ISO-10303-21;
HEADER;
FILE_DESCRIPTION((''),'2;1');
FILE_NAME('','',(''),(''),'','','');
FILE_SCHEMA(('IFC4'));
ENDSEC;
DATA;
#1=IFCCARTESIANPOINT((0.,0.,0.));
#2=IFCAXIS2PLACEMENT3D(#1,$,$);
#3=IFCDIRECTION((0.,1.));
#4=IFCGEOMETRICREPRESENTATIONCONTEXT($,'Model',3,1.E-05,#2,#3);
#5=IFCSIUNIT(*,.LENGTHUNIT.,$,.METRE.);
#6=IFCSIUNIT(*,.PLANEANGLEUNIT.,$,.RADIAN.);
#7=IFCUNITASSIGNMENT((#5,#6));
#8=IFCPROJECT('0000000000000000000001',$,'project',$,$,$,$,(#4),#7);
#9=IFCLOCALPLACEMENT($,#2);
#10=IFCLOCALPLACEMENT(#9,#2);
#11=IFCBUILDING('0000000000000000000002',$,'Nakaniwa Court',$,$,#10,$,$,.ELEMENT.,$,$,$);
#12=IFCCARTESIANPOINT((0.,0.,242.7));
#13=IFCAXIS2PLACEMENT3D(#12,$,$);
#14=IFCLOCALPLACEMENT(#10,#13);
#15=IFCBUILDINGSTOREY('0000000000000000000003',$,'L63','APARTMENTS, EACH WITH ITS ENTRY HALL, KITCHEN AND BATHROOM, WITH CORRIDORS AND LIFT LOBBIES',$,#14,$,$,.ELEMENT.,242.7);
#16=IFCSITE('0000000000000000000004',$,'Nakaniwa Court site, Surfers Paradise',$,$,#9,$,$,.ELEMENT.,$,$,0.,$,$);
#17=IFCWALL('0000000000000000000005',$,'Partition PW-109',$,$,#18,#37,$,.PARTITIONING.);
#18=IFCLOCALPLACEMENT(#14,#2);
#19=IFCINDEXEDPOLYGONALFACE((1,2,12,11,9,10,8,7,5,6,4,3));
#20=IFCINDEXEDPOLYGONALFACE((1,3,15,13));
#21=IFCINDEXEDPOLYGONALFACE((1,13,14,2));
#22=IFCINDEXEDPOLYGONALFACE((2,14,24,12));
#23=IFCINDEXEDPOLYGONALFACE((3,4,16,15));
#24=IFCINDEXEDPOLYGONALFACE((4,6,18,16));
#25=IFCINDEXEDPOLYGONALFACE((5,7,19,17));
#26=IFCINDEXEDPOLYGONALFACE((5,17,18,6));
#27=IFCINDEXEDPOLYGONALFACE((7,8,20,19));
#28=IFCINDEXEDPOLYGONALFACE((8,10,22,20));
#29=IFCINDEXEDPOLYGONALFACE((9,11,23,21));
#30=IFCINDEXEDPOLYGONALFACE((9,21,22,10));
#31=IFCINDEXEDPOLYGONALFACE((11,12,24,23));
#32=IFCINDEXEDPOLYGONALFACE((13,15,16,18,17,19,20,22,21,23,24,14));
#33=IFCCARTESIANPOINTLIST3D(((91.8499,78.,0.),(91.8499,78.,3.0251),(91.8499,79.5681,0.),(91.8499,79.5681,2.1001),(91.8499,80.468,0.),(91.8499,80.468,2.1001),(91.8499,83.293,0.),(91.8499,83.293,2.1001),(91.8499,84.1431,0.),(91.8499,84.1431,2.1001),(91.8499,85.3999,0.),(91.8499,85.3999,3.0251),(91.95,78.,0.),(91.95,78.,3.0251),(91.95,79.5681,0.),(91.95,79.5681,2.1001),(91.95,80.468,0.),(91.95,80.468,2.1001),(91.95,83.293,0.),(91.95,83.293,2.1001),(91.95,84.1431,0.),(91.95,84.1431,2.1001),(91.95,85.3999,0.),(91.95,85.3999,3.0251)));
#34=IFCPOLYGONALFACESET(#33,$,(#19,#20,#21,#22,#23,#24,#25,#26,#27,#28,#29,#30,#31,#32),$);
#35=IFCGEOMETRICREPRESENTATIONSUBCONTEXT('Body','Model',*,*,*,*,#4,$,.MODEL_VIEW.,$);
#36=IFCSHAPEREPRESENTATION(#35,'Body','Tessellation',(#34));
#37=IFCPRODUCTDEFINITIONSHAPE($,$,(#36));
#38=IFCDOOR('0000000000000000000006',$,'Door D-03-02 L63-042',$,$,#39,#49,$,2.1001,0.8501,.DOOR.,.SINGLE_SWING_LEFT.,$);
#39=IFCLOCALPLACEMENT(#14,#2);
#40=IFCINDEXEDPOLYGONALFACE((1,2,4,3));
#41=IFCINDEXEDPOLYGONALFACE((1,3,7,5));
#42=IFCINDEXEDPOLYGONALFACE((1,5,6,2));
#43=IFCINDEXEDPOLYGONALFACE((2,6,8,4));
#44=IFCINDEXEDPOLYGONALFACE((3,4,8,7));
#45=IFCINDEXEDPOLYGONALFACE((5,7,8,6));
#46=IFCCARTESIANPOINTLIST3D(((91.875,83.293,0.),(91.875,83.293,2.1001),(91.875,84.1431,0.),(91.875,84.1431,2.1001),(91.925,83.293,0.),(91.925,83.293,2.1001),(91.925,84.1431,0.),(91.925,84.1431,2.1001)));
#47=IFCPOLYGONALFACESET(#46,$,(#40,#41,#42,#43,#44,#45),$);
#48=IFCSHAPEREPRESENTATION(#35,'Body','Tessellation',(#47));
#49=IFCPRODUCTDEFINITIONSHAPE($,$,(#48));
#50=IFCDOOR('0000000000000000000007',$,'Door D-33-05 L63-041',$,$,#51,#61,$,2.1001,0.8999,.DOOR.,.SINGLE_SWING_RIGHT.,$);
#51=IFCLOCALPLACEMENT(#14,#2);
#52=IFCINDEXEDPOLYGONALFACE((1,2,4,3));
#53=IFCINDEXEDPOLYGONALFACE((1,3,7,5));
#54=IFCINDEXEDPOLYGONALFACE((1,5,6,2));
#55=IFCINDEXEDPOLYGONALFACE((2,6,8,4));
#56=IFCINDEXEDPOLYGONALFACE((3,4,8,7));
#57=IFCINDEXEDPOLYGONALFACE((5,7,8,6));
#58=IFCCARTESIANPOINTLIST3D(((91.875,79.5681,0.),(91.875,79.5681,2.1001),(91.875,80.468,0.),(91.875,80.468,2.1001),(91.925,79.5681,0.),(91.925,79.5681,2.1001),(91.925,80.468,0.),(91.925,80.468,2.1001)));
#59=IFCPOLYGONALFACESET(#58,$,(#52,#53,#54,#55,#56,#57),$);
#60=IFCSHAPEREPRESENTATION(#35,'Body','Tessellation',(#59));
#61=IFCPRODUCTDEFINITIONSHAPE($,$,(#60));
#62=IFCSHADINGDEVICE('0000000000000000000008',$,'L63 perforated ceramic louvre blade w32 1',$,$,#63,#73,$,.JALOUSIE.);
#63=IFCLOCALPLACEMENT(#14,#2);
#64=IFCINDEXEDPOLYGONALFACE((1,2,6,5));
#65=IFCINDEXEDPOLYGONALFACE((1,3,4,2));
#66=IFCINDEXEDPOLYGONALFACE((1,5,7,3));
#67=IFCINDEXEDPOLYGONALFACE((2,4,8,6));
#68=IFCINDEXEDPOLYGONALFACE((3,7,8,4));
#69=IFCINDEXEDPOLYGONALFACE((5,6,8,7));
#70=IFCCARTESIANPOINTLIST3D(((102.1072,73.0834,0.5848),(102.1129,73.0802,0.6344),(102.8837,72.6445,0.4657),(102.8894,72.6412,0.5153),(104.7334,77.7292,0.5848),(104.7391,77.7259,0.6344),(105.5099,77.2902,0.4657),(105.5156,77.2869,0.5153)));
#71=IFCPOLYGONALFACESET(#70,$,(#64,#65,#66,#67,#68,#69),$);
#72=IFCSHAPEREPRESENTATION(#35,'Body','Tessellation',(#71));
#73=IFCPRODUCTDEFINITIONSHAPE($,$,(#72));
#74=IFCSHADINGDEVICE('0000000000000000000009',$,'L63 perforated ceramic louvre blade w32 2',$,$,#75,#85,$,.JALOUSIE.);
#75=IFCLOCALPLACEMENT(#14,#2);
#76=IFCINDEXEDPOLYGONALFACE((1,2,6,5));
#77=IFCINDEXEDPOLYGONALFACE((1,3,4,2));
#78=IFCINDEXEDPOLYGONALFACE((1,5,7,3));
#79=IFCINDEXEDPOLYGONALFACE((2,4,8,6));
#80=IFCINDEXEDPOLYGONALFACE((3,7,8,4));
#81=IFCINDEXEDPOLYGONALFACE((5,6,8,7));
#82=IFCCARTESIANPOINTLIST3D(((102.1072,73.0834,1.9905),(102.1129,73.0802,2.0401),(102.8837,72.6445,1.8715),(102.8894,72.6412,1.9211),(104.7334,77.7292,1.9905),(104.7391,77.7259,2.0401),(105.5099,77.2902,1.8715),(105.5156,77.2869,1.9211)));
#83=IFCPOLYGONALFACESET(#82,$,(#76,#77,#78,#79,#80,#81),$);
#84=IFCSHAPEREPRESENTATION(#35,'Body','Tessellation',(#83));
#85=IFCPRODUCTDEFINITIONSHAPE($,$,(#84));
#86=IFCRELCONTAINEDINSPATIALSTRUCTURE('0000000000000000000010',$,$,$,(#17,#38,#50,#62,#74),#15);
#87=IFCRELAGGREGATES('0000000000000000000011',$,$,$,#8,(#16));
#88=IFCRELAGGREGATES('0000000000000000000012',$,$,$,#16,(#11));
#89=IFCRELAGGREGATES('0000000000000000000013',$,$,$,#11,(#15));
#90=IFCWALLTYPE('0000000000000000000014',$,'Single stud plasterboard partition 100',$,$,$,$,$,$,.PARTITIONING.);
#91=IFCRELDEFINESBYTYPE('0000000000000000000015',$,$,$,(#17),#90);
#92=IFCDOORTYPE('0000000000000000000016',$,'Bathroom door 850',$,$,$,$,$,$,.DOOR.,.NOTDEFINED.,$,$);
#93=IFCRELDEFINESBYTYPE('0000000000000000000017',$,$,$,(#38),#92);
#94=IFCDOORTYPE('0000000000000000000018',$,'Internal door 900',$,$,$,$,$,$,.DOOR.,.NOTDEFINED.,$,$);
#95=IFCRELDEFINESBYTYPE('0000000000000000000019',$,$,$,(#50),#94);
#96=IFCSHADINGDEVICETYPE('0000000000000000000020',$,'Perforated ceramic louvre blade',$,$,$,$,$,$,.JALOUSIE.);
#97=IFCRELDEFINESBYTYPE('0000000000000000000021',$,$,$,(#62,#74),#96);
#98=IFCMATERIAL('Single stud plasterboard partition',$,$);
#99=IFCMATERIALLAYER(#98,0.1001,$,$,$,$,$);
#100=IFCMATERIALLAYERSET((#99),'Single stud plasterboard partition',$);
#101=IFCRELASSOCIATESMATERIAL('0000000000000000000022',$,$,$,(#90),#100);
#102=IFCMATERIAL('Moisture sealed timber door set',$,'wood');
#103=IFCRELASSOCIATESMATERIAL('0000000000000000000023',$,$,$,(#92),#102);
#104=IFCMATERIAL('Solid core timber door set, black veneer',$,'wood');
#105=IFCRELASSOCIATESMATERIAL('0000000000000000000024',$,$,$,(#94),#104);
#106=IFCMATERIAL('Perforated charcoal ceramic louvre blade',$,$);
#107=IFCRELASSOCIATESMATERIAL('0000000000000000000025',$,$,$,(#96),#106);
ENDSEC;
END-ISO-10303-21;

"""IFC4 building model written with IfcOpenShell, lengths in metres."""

from ifc_helpers import new_model, si_unit, direction, frame, frame_2d, origin, origin_2d, place, context, subcontext, project, spatial, rectangle, extrude, material, layer, layer_set, material_profile, profile_set, type_object, element, fill, save


model = new_model("IFC4")

# Units and contexts
model_context = context("Model", 3, precision=1e-05, world=origin(), true_north=direction((0.0, 1.0)))
body_context = subcontext(model_context, "Body", "Model", "MODEL_VIEW")
ifc_project = project(units=[si_unit("LENGTHUNIT", "METRE"), si_unit("PLANEANGLEUNIT", "RADIAN")], contexts=[model_context])

# Site, building, storey
site_placement = place(None, origin())
site = spatial("IfcSite", under=ifc_project, at=site_placement, Name="Nakaniwa Court site, Surfers Paradise", CompositionType="ELEMENT", RefElevation=0.0)
building_placement = place(site_placement, origin())
building = spatial("IfcBuilding", under=site, at=building_placement, Name="Nakaniwa Court", CompositionType="ELEMENT")
storey_placement = place(building_placement, frame((0.0, 0.0, 242.7)))
storey = spatial("IfcBuildingStorey", under=building, at=storey_placement, Name="L63", Description="APARTMENTS, EACH WITH ITS ENTRY HALL, KITCHEN AND BATHROOM, WITH CORRIDORS AND LIFT LOBBIES", CompositionType="ELEMENT", Elevation=242.7)

# Shared definitions
ifc_material_1 = material(Name="Solid core timber door set, black veneer", Category="wood")

# Shared definitions
ifc_material_2 = material(Name="Single stud plasterboard partition")
ifc_layer_1 = layer(ifc_material_2, 0.1001)
ifc_layer_set_1 = layer_set([ifc_layer_1], Name="Single stud plasterboard partition")
wall_type_1 = type_object("IfcWallType", Name="Single stud plasterboard partition 100", PredefinedType="PARTITIONING", material=ifc_layer_set_1)

# Wall, openings, doors
wall_1_placement = place(storey_placement, frame((91.8999, 78.0, 0.0), z_axis=(0.0, 0.0, 1.0), x_axis=(0.0, 1.0, 0.0)))
wall_1 = element("IfcWall", 1, at=wall_1_placement, inside=storey, type_object=wall_type_1, Name="Partition PW-109", PredefinedType="PARTITIONING", context=body_context, shape_type="SweptSolid", body=[
    extrude(rectangle(XDim=7.3999, YDim=0.1001, at=frame_2d((3.7, 0.0))), origin(), (0.0, 0.0, 1.0), 3.0251),
])
opening_1_placement = place(wall_1_placement, frame((1.5681, 0.0, 0.0)))
opening_1 = element("IfcOpeningElement", 2, at=opening_1_placement, cuts=wall_1, PredefinedType="OPENING", context=body_context, shape_type="SweptSolid", body=[
    extrude(rectangle(XDim=0.8999, YDim=2.1001, at=frame_2d((0.45, 1.05))), frame((0.0, 0.0601, 0.0), z_axis=(0.0, -1.0, 0.0), x_axis=(1.0, 0.0, 0.0)), (0.0, 0.0, 1.0), 0.1201),
])
opening_2_placement = place(wall_1_placement, frame((5.293, 0.0, 0.0)))
opening_2 = element("IfcOpeningElement", 3, at=opening_2_placement, cuts=wall_1, PredefinedType="OPENING", context=body_context, shape_type="SweptSolid", body=[
    extrude(rectangle(XDim=0.8501, YDim=2.1001, at=frame_2d((0.425, 1.05))), frame((0.0, 0.0601, 0.0), z_axis=(0.0, -1.0, 0.0), x_axis=(1.0, 0.0, 0.0)), (0.0, 0.0, 1.0), 0.1201),
])
ifc_material_3 = material(Name="Moisture sealed timber door set", Category="wood")
door_type_1 = type_object("IfcDoorType", Name="Bathroom door 850", OperationType="NOTDEFINED", PredefinedType="DOOR", material=ifc_material_3)
door_1_placement = place(opening_2_placement, origin())
door_1 = element("IfcDoor", 4, at=door_1_placement, inside=storey, type_object=door_type_1, Name="Door D-03-02 L63-042", OperationType="SINGLE_SWING_LEFT", OverallHeight=2.1001, OverallWidth=0.8501, PredefinedType="DOOR", context=body_context, shape_type="SweptSolid", body=[
    extrude(rectangle(XDim=0.8501, YDim=2.1001, at=frame_2d((0.425, 1.05))), frame((0.0, 0.0249, 0.0), z_axis=(0.0, -1.0, 0.0), x_axis=(1.0, 0.0, 0.0)), (0.0, 0.0, 1.0), 0.05),
])
fill(opening_2, door_1)
door_type_2 = type_object("IfcDoorType", Name="Internal door 900", OperationType="NOTDEFINED", PredefinedType="DOOR", material=ifc_material_1)
door_2_placement = place(opening_1_placement, origin())
door_2 = element("IfcDoor", 5, at=door_2_placement, inside=storey, type_object=door_type_2, Name="Door D-33-05 L63-041", OperationType="SINGLE_SWING_RIGHT", OverallHeight=2.1001, OverallWidth=0.8999, PredefinedType="DOOR", context=body_context, shape_type="SweptSolid", body=[
    extrude(rectangle(XDim=0.8999, YDim=2.1001, at=frame_2d((0.45, 1.05))), frame((0.0, 0.0249, 0.0), z_axis=(0.0, -1.0, 0.0), x_axis=(1.0, 0.0, 0.0)), (0.0, 0.0, 1.0), 0.05),
])
fill(opening_1, door_2)

# Shading devices
ifc_material_4 = material(Name="Perforated charcoal ceramic louvre blade")
ifc_material_profile_1 = material_profile(ifc_material_4, rectangle(XDim=0.8999, YDim=0.05, at=origin_2d()), Name="Perforated ceramic louvre blade")
ifc_profile_set_1 = profile_set([ifc_material_profile_1], Name="Perforated charcoal ceramic louvre blade")
shading_device_type = type_object("IfcShadingDeviceType", Name="Perforated ceramic louvre blade", PredefinedType="JALOUSIE", material=ifc_profile_set_1)
for number, where, z_axis, x_axis, name in (
    (6, (102.4983, 72.8623, 0.55), (0.492109, 0.870534, 0.0), (-0.862887, 0.487786, 0.132256), "L63 perforated ceramic louvre blade w32 1"),
    (7, (102.4983, 72.8623, 1.9558), (0.492109, 0.870534, 0.0), (-0.862887, 0.487786, 0.132256), "L63 perforated ceramic louvre blade w32 2"),
):
    element("IfcShadingDevice", number, at=place(storey_placement, frame(where, z_axis=z_axis, x_axis=x_axis)), inside=storey, type_object=shading_device_type, Name=name, PredefinedType="JALOUSIE", context=body_context, shape_type="SweptSolid", body=[
        extrude(rectangle(XDim=0.8999, YDim=0.05, at=origin_2d()), origin(), (0.0, 0.0, 1.0), 5.3367),
    ])

save(model, "model.ifc")
